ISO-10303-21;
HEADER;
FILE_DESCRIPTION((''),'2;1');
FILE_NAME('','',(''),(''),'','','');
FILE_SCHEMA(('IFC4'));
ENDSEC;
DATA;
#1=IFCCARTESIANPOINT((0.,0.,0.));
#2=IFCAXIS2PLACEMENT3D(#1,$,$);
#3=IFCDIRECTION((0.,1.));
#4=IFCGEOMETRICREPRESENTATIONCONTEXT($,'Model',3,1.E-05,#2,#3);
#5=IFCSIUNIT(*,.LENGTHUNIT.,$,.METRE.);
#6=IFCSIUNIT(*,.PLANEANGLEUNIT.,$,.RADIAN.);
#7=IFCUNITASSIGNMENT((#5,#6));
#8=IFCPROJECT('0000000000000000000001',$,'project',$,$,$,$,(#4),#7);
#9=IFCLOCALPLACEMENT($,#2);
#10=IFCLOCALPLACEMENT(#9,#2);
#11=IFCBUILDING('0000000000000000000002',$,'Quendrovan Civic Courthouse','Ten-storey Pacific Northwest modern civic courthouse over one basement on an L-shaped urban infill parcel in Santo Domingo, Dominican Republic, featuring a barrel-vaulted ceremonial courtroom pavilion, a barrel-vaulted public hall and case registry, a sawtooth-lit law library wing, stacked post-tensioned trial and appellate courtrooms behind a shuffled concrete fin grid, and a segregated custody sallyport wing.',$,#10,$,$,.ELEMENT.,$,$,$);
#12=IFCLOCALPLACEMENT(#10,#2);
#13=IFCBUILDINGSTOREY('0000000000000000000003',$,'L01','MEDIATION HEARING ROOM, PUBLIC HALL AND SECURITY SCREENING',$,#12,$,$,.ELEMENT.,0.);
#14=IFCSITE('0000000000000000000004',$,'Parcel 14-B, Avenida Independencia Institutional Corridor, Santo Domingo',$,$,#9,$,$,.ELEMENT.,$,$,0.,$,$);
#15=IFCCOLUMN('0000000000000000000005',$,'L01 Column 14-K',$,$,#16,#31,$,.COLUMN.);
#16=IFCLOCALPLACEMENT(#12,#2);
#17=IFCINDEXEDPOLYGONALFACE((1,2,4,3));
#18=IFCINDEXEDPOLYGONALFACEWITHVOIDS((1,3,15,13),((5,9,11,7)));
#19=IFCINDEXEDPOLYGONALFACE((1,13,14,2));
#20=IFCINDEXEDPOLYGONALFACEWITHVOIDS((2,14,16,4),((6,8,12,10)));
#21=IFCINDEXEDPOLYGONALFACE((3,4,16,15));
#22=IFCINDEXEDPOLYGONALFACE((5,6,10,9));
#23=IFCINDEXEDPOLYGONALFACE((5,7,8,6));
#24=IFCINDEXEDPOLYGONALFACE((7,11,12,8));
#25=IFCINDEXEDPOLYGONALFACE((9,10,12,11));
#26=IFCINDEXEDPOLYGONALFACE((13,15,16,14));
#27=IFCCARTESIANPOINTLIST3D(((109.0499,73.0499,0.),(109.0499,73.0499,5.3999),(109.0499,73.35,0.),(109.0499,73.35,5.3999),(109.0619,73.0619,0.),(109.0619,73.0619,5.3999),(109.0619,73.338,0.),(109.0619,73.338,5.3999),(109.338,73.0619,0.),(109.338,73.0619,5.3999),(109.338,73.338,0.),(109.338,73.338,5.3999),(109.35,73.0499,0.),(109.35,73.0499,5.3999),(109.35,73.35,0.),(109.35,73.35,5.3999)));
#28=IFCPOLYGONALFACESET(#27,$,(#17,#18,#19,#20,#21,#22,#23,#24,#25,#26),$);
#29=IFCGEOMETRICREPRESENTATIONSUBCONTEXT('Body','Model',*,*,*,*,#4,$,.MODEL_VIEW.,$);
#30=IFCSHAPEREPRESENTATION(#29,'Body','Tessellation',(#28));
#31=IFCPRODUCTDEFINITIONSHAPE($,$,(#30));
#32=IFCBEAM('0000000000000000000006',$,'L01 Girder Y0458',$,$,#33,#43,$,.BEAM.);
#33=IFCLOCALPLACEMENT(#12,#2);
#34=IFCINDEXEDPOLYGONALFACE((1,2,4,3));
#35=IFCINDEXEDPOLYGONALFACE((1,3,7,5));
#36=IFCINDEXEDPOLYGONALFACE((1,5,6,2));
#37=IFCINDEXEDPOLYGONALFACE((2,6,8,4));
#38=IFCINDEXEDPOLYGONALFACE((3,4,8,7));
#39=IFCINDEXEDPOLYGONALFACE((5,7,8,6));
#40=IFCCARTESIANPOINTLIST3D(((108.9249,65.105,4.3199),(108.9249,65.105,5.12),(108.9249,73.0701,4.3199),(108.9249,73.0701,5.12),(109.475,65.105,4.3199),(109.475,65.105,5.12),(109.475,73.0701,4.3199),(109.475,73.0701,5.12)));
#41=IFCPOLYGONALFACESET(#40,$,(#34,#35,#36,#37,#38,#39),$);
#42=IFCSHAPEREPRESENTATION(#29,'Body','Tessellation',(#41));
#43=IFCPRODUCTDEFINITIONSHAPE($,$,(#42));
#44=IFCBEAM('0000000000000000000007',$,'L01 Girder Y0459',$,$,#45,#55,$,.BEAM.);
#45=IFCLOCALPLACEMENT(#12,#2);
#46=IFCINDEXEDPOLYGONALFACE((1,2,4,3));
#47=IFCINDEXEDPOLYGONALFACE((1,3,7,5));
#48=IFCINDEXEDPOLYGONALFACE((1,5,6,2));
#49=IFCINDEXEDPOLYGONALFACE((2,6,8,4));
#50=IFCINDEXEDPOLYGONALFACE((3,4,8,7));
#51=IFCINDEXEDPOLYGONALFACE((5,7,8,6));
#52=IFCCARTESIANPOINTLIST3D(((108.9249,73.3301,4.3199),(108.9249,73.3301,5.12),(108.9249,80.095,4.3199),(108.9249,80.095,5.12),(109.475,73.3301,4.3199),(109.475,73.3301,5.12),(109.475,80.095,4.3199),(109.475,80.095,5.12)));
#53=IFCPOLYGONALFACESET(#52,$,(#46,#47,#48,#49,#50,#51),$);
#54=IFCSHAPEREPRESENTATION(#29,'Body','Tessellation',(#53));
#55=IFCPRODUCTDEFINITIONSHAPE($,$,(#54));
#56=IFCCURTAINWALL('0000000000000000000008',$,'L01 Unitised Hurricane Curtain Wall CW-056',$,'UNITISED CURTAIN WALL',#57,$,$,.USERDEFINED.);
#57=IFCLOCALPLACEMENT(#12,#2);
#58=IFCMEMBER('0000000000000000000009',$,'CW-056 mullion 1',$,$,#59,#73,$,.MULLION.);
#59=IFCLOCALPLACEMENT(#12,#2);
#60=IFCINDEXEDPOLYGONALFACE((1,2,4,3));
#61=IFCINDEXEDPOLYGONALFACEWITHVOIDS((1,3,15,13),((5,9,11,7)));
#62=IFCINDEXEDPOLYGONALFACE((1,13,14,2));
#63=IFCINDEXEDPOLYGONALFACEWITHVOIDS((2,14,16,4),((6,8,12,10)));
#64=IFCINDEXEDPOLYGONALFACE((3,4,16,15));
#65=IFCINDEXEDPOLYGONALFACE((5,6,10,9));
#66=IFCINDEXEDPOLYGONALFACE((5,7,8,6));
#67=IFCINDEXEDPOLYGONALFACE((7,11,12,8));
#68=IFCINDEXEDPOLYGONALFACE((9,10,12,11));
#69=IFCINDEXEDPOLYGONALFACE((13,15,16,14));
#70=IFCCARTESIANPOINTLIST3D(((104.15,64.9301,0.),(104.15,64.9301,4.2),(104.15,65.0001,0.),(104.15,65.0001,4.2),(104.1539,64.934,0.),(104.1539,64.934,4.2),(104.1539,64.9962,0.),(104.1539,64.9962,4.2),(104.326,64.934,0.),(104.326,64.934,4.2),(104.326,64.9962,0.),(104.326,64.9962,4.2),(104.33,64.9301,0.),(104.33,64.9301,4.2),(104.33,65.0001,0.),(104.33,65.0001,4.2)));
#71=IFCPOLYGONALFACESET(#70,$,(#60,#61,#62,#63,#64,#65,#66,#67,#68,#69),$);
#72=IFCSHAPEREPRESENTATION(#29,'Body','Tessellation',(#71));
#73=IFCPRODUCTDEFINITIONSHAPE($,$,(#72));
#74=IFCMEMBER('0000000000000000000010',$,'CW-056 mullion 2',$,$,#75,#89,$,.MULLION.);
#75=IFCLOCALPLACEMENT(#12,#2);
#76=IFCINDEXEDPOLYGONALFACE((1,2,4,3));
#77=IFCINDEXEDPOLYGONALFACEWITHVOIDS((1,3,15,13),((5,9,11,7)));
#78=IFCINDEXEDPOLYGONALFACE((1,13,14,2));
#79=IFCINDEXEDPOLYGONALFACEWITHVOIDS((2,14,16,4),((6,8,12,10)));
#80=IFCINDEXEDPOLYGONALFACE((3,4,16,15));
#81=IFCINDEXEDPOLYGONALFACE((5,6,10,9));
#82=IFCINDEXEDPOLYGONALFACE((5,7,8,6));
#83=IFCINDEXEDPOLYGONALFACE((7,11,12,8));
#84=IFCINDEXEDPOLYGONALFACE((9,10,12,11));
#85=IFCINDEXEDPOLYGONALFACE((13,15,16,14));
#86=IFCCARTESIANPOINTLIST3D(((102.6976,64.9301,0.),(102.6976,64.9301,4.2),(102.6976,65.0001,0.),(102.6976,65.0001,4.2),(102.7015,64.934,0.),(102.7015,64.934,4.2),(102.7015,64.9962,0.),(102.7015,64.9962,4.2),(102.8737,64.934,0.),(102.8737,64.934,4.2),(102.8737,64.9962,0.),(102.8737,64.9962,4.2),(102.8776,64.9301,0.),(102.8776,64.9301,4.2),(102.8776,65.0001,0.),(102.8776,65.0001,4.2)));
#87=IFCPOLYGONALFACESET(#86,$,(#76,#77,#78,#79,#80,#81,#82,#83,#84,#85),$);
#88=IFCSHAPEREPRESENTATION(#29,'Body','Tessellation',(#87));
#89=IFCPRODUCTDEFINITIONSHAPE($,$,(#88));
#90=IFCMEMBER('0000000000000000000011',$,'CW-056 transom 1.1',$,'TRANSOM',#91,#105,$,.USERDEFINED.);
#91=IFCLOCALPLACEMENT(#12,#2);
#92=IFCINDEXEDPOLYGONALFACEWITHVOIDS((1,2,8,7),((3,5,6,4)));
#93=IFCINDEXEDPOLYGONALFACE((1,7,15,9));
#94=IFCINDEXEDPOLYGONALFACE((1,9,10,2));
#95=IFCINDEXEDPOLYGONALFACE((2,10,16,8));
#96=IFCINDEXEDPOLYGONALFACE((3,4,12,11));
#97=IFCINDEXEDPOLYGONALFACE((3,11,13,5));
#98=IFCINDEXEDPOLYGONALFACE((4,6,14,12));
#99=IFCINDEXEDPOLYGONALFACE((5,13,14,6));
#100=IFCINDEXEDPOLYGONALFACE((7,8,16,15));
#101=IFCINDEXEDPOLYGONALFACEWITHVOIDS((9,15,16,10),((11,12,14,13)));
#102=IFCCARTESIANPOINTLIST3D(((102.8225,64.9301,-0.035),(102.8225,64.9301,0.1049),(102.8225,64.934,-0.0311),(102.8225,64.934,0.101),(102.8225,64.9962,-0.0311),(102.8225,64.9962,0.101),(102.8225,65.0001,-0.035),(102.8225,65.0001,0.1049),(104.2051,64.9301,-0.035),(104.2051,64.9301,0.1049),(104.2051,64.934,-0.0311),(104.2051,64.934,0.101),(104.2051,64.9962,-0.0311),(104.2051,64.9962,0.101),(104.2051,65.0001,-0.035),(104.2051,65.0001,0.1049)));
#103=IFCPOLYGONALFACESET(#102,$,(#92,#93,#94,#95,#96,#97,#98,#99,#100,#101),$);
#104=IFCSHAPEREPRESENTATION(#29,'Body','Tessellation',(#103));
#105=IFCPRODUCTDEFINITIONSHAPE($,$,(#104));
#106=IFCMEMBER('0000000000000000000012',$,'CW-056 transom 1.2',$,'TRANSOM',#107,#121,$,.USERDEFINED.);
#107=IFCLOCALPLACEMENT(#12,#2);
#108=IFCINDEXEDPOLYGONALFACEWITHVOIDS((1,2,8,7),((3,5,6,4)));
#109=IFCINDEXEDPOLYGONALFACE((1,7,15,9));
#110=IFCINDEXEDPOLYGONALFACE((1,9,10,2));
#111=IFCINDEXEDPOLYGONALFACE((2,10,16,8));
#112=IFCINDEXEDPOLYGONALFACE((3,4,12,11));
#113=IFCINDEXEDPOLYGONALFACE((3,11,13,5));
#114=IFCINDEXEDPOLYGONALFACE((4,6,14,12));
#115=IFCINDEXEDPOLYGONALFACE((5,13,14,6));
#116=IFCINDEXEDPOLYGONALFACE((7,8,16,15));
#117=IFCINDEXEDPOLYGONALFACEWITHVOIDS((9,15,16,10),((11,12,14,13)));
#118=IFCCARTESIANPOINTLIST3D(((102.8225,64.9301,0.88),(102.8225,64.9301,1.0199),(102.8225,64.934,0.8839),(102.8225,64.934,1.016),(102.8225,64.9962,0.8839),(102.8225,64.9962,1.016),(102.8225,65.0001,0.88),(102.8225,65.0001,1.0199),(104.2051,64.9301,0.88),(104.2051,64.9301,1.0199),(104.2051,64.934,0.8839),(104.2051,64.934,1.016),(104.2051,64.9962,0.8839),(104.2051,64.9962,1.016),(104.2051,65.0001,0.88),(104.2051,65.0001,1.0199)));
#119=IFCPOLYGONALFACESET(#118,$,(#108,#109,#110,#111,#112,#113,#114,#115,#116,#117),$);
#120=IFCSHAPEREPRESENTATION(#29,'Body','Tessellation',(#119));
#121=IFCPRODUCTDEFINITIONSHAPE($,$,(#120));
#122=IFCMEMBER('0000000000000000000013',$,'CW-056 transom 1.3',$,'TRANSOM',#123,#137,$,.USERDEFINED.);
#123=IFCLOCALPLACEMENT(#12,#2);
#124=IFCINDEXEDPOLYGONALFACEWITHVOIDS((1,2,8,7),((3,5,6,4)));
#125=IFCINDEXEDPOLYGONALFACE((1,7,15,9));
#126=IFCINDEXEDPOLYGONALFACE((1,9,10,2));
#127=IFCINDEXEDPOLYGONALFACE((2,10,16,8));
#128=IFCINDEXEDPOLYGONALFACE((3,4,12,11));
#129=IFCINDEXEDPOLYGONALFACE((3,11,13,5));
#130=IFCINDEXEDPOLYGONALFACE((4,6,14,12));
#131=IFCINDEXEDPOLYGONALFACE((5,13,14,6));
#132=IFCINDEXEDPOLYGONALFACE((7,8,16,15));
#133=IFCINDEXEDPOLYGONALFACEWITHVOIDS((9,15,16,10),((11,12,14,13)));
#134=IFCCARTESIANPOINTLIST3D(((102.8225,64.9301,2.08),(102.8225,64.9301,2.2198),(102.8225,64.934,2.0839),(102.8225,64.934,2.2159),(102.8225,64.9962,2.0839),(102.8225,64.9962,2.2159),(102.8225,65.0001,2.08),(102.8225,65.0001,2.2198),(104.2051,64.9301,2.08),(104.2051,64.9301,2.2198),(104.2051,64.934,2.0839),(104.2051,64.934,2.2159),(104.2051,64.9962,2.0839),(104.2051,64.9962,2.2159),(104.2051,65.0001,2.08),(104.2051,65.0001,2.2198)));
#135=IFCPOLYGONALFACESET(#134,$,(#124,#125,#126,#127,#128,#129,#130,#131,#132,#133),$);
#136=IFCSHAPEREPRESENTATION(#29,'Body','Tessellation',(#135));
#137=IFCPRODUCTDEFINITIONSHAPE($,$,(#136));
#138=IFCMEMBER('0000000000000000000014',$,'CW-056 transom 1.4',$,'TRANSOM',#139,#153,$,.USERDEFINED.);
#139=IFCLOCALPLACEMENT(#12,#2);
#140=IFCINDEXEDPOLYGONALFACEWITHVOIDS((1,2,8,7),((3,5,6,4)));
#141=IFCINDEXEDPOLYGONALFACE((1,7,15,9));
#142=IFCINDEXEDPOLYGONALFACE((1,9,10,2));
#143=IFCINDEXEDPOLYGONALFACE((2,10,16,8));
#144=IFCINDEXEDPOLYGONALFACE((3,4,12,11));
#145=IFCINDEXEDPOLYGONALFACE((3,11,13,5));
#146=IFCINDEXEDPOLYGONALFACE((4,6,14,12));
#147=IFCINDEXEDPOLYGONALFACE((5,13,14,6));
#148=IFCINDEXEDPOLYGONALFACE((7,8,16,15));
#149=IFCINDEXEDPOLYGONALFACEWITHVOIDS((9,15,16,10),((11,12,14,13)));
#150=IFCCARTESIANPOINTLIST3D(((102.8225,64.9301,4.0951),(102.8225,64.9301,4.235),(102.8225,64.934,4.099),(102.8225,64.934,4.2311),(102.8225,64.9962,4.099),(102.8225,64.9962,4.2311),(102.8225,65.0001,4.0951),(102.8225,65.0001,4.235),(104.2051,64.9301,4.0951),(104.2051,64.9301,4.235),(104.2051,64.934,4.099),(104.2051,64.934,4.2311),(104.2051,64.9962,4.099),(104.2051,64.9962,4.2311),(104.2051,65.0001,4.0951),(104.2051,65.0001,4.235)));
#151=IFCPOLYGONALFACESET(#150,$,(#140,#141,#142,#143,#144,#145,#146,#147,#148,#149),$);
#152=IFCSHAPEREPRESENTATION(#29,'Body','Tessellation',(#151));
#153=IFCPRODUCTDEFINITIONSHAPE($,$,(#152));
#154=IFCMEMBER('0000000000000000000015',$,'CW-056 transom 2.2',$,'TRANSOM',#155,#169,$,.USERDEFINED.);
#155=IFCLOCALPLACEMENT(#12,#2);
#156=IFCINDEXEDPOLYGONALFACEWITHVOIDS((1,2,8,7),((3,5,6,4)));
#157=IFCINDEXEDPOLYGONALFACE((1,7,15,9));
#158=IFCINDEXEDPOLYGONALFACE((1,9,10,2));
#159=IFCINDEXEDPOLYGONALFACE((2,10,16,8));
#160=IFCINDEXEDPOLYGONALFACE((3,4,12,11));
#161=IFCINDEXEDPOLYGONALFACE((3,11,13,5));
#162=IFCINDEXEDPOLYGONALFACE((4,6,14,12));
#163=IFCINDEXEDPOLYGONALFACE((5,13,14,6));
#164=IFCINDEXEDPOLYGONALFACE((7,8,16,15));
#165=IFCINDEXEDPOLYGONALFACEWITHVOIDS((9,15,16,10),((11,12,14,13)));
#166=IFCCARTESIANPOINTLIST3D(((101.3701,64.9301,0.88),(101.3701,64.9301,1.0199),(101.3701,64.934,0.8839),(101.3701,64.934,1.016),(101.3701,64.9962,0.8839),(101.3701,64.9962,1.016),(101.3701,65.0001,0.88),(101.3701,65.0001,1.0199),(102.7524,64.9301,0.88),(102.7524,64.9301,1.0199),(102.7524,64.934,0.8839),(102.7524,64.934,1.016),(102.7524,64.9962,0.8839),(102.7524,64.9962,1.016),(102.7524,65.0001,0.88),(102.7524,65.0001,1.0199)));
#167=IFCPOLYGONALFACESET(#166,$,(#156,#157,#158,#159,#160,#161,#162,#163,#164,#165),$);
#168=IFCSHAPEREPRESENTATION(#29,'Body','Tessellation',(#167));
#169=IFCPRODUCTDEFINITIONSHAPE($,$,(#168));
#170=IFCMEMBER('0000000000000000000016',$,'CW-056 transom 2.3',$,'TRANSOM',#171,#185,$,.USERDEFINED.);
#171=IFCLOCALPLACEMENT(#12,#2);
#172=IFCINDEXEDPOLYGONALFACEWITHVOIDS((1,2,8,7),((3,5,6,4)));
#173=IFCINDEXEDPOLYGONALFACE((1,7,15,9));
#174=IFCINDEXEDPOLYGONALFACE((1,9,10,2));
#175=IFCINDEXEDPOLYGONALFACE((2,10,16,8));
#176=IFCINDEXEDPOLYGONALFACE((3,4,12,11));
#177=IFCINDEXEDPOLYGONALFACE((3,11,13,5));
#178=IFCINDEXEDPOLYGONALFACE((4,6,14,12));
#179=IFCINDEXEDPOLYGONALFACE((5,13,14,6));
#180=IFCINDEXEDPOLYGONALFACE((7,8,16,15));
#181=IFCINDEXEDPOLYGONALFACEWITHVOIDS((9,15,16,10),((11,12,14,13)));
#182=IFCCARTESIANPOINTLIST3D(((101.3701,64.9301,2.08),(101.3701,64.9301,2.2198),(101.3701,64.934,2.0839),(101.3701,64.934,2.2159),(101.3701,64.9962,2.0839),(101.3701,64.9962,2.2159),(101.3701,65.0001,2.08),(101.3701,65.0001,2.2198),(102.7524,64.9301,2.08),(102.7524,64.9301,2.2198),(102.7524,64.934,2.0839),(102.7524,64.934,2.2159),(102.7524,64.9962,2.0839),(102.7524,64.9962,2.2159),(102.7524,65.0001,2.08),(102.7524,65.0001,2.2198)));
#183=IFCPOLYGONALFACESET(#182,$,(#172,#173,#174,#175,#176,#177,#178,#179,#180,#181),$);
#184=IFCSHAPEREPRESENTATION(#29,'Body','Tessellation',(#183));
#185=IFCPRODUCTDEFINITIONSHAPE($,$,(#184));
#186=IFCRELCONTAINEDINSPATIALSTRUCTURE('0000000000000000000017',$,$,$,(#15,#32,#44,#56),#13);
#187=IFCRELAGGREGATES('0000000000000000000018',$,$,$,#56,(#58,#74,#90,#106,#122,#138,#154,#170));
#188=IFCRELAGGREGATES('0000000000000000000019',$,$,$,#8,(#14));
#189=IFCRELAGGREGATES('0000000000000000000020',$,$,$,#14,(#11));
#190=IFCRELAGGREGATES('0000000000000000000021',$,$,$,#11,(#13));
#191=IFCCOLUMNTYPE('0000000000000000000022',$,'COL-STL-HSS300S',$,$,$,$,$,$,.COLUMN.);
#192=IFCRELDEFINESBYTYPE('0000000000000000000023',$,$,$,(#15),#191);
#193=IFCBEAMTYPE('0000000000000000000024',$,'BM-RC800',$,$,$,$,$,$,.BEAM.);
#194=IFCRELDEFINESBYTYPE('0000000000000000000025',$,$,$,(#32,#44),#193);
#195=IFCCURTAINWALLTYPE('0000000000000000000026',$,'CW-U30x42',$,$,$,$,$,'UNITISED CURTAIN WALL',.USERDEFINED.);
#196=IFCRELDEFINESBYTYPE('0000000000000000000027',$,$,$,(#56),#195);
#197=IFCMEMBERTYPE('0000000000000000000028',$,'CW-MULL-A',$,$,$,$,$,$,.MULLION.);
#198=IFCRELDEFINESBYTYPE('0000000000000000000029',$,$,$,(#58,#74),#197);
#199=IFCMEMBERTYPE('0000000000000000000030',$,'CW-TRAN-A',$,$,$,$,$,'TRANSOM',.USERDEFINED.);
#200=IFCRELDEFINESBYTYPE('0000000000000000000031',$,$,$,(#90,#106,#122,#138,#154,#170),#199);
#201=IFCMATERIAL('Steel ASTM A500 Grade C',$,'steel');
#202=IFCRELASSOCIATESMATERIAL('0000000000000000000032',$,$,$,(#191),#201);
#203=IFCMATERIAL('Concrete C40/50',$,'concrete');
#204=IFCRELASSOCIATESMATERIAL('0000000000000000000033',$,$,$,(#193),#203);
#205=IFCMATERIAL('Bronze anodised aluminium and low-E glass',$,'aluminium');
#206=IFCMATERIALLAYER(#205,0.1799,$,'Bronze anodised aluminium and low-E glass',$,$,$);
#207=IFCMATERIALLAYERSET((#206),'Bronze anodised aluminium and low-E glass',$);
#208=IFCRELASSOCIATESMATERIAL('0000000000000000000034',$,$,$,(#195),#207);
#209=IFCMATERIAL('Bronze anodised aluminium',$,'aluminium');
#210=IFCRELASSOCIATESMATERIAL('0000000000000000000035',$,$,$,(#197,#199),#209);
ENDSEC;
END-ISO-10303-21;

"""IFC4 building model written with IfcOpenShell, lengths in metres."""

from ifc_helpers import new_model, si_unit, direction, frame, origin, origin_2d, place, context, subcontext, project, spatial, rectangle, hollow_rectangle, extrude, material, layer, layer_set, material_profile, profile_set, type_object, element, aggregate, save


model = new_model("IFC4")

# Units and contexts
model_context = context("Model", 3, precision=1e-05, world=origin(), true_north=direction((0.0, 1.0)))
body_context = subcontext(model_context, "Body", "Model", "MODEL_VIEW")
ifc_project = project(units=[si_unit("LENGTHUNIT", "METRE"), si_unit("PLANEANGLEUNIT", "RADIAN")], contexts=[model_context])

# Site, building, storey
site_placement = place(None, origin())
site = spatial("IfcSite", under=ifc_project, at=site_placement, Name="Parcel 14-B, Avenida Independencia Institutional Corridor, Santo Domingo", CompositionType="ELEMENT", RefElevation=0.0)
building_placement = place(site_placement, origin())
building = spatial("IfcBuilding", under=site, at=building_placement, Name="Quendrovan Civic Courthouse", Description="Ten-storey Pacific Northwest modern civic courthouse over one basement on an L-shaped urban infill parcel in Santo Domingo, Dominican Republic, featuring a barrel-vaulted ceremonial courtroom pavilion, a barrel-vaulted public hall and case registry, a sawtooth-lit law library wing, stacked post-tensioned trial and appellate courtrooms behind a shuffled concrete fin grid, and a segregated custody sallyport wing.", CompositionType="ELEMENT")
storey_placement = place(building_placement, origin())
storey = spatial("IfcBuildingStorey", under=building, at=storey_placement, Name="L01", Description="MEDIATION HEARING ROOM, PUBLIC HALL AND SECURITY SCREENING", CompositionType="ELEMENT", Elevation=0.0)

# Column
ifc_material_1 = material(Name="Steel ASTM A500 Grade C", Category="steel")
ifc_material_profile_1 = material_profile(ifc_material_1, hollow_rectangle(XDim=0.3, YDim=0.3, WallThickness=0.012, at=origin_2d()), Name="HSS300x300x12")
ifc_profile_set_1 = profile_set([ifc_material_profile_1], Name="Steel ASTM A500 Grade C")
column_type = type_object("IfcColumnType", Name="COL-STL-HSS300S", PredefinedType="COLUMN", material=ifc_profile_set_1)
column_placement = place(storey_placement, frame((109.2, 73.2, 0.0), z_axis=(0.0, 0.0, 1.0), x_axis=(1.0, 0.0, 0.0)))
element("IfcColumn", 1, at=column_placement, inside=storey, type_object=column_type, Name="L01 Column 14-K", PredefinedType="COLUMN", context=body_context, shape_type="SweptSolid", body=[
    extrude(hollow_rectangle(XDim=0.3, YDim=0.3, WallThickness=0.012, at=origin_2d()), origin(), (0.0, 0.0, 1.0), 5.3999),
])

# Beams
ifc_material_2 = material(Name="Concrete C40/50", Category="concrete")
ifc_material_profile_2 = material_profile(ifc_material_2, rectangle(XDim=0.55, YDim=0.8, at=origin_2d()), Name="RC-BM-550x800")
ifc_profile_set_2 = profile_set([ifc_material_profile_2], Name="Concrete C40/50")
beam_type = type_object("IfcBeamType", Name="BM-RC800", PredefinedType="BEAM", material=ifc_profile_set_2)
beam_1_placement = place(storey_placement, frame((109.2, 65.105, 4.72), z_axis=(0.0, 1.0, 0.0), x_axis=(-1.0, 0.0, 0.0)))
element("IfcBeam", 2, at=beam_1_placement, inside=storey, type_object=beam_type, Name="L01 Girder Y0458", PredefinedType="BEAM", context=body_context, shape_type="SweptSolid", body=[
    extrude(rectangle(XDim=0.55, YDim=0.8, at=origin_2d()), origin(), (0.0, 0.0, 1.0), 7.9651),
])
beam_2_placement = place(storey_placement, frame((109.2, 73.3301, 4.72), z_axis=(0.0, 1.0, 0.0), x_axis=(-1.0, 0.0, 0.0)))
element("IfcBeam", 3, at=beam_2_placement, inside=storey, type_object=beam_type, Name="L01 Girder Y0459", PredefinedType="BEAM", context=body_context, shape_type="SweptSolid", body=[
    extrude(rectangle(XDim=0.55, YDim=0.8, at=origin_2d()), origin(), (0.0, 0.0, 1.0), 6.7649),
])

# Curtain wall, members
ifc_material_3 = material(Name="Bronze anodised aluminium and low-E glass", Category="aluminium")
ifc_layer_1 = layer(ifc_material_3, 0.1799, Name="Bronze anodised aluminium and low-E glass")
ifc_layer_set_1 = layer_set([ifc_layer_1], Name="Bronze anodised aluminium and low-E glass")
curtain_wall_type = type_object("IfcCurtainWallType", Name="CW-U30x42", ElementType="UNITISED CURTAIN WALL", PredefinedType="USERDEFINED", material=ifc_layer_set_1)
curtain_wall_placement = place(storey_placement, origin())
curtain_wall = element("IfcCurtainWall", 4, at=curtain_wall_placement, inside=storey, type_object=curtain_wall_type, Name="L01 Unitised Hurricane Curtain Wall CW-056", ObjectType="UNITISED CURTAIN WALL", PredefinedType="USERDEFINED")
ifc_material_4 = material(Name="Bronze anodised aluminium", Category="aluminium")
ifc_material_profile_3 = material_profile(ifc_material_4, hollow_rectangle(XDim=0.0701, YDim=0.1799, WallThickness=0.0039, at=origin_2d()), Name="CW-MULL-70x180")
ifc_profile_set_3 = profile_set([ifc_material_profile_3], Name="Bronze anodised aluminium")
member_type_1 = type_object("IfcMemberType", Name="CW-MULL-A", PredefinedType="MULLION", material=ifc_profile_set_3)
member_1_placement = place(storey_placement, frame((104.24, 64.9651, 0.0), z_axis=(0.0, 0.0, 1.0), x_axis=(0.0, -1.0, 0.0)))
member_1 = element("IfcMember", 5, at=member_1_placement, type_object=member_type_1, Name="CW-056 mullion 1", PredefinedType="MULLION", context=body_context, shape_type="SweptSolid", body=[
    extrude(hollow_rectangle(XDim=0.0701, YDim=0.1799, WallThickness=0.0039, at=origin_2d()), origin(), (0.0, 0.0, 1.0), 4.2),
])
member_2_placement = place(storey_placement, frame((102.7876, 64.9651, 0.0), z_axis=(0.0, 0.0, 1.0), x_axis=(0.0, -1.0, 0.0)))
member_2 = element("IfcMember", 6, at=member_2_placement, type_object=member_type_1, Name="CW-056 mullion 2", PredefinedType="MULLION", context=body_context, shape_type="SweptSolid", body=[
    extrude(hollow_rectangle(XDim=0.0701, YDim=0.1799, WallThickness=0.0039, at=origin_2d()), origin(), (0.0, 0.0, 1.0), 4.2),
])
ifc_material_profile_4 = material_profile(ifc_material_4, hollow_rectangle(XDim=0.0701, YDim=0.1399, WallThickness=0.0039, at=origin_2d()), Name="CW-TRAN-70x140")
ifc_profile_set_4 = profile_set([ifc_material_profile_4], Name="Bronze anodised aluminium")
member_type_2 = type_object("IfcMemberType", Name="CW-TRAN-A", ElementType="TRANSOM", PredefinedType="USERDEFINED", material=ifc_profile_set_4)
member_3_placement = place(storey_placement, frame((104.2051, 64.9651, 0.0349), z_axis=(-1.0, 0.0, 0.0), x_axis=(0.0, -1.0, 0.0)))
member_3 = element("IfcMember", 7, at=member_3_placement, type_object=member_type_2, Name="CW-056 transom 1.1", ObjectType="TRANSOM", PredefinedType="USERDEFINED", context=body_context, shape_type="SweptSolid", body=[
    extrude(hollow_rectangle(XDim=0.0701, YDim=0.1399, WallThickness=0.0039, at=origin_2d()), origin(), (0.0, 0.0, 1.0), 1.3826),
])
member_4_placement = place(storey_placement, frame((104.2051, 64.9651, 0.95), z_axis=(-1.0, 0.0, 0.0), x_axis=(0.0, -1.0, 0.0)))
member_4 = element("IfcMember", 8, at=member_4_placement, type_object=member_type_2, Name="CW-056 transom 1.2", ObjectType="TRANSOM", PredefinedType="USERDEFINED", context=body_context, shape_type="SweptSolid", body=[
    extrude(hollow_rectangle(XDim=0.0701, YDim=0.1399, WallThickness=0.0039, at=origin_2d()), origin(), (0.0, 0.0, 1.0), 1.3826),
])
member_5_placement = place(storey_placement, frame((104.2051, 64.9651, 2.1499), z_axis=(-1.0, 0.0, 0.0), x_axis=(0.0, -1.0, 0.0)))
member_5 = element("IfcMember", 9, at=member_5_placement, type_object=member_type_2, Name="CW-056 transom 1.3", ObjectType="TRANSOM", PredefinedType="USERDEFINED", context=body_context, shape_type="SweptSolid", body=[
    extrude(hollow_rectangle(XDim=0.0701, YDim=0.1399, WallThickness=0.0039, at=origin_2d()), origin(), (0.0, 0.0, 1.0), 1.3826),
])
member_6_placement = place(storey_placement, frame((104.2051, 64.9651, 4.165), z_axis=(-1.0, 0.0, 0.0), x_axis=(0.0, -1.0, 0.0)))
member_6 = element("IfcMember", 10, at=member_6_placement, type_object=member_type_2, Name="CW-056 transom 1.4", ObjectType="TRANSOM", PredefinedType="USERDEFINED", context=body_context, shape_type="SweptSolid", body=[
    extrude(hollow_rectangle(XDim=0.0701, YDim=0.1399, WallThickness=0.0039, at=origin_2d()), origin(), (0.0, 0.0, 1.0), 1.3826),
])
member_7_placement = place(storey_placement, frame((102.7524, 64.9651, 0.95), z_axis=(-1.0, 0.0, 0.0), x_axis=(0.0, -1.0, 0.0)))
member_7 = element("IfcMember", 11, at=member_7_placement, type_object=member_type_2, Name="CW-056 transom 2.2", ObjectType="TRANSOM", PredefinedType="USERDEFINED", context=body_context, shape_type="SweptSolid", body=[
    extrude(hollow_rectangle(XDim=0.0701, YDim=0.1399, WallThickness=0.0039, at=origin_2d()), origin(), (0.0, 0.0, 1.0), 1.3823),
])
member_8_placement = place(storey_placement, frame((102.7524, 64.9651, 2.1499), z_axis=(-1.0, 0.0, 0.0), x_axis=(0.0, -1.0, 0.0)))
member_8 = element("IfcMember", 12, at=member_8_placement, type_object=member_type_2, Name="CW-056 transom 2.3", ObjectType="TRANSOM", PredefinedType="USERDEFINED", context=body_context, shape_type="SweptSolid", body=[
    extrude(hollow_rectangle(XDim=0.0701, YDim=0.1399, WallThickness=0.0039, at=origin_2d()), origin(), (0.0, 0.0, 1.0), 1.3823),
])
aggregate(curtain_wall, [member_1, member_2, member_3, member_4, member_5, member_6, member_7, member_8])

save(model, "model.ifc")
